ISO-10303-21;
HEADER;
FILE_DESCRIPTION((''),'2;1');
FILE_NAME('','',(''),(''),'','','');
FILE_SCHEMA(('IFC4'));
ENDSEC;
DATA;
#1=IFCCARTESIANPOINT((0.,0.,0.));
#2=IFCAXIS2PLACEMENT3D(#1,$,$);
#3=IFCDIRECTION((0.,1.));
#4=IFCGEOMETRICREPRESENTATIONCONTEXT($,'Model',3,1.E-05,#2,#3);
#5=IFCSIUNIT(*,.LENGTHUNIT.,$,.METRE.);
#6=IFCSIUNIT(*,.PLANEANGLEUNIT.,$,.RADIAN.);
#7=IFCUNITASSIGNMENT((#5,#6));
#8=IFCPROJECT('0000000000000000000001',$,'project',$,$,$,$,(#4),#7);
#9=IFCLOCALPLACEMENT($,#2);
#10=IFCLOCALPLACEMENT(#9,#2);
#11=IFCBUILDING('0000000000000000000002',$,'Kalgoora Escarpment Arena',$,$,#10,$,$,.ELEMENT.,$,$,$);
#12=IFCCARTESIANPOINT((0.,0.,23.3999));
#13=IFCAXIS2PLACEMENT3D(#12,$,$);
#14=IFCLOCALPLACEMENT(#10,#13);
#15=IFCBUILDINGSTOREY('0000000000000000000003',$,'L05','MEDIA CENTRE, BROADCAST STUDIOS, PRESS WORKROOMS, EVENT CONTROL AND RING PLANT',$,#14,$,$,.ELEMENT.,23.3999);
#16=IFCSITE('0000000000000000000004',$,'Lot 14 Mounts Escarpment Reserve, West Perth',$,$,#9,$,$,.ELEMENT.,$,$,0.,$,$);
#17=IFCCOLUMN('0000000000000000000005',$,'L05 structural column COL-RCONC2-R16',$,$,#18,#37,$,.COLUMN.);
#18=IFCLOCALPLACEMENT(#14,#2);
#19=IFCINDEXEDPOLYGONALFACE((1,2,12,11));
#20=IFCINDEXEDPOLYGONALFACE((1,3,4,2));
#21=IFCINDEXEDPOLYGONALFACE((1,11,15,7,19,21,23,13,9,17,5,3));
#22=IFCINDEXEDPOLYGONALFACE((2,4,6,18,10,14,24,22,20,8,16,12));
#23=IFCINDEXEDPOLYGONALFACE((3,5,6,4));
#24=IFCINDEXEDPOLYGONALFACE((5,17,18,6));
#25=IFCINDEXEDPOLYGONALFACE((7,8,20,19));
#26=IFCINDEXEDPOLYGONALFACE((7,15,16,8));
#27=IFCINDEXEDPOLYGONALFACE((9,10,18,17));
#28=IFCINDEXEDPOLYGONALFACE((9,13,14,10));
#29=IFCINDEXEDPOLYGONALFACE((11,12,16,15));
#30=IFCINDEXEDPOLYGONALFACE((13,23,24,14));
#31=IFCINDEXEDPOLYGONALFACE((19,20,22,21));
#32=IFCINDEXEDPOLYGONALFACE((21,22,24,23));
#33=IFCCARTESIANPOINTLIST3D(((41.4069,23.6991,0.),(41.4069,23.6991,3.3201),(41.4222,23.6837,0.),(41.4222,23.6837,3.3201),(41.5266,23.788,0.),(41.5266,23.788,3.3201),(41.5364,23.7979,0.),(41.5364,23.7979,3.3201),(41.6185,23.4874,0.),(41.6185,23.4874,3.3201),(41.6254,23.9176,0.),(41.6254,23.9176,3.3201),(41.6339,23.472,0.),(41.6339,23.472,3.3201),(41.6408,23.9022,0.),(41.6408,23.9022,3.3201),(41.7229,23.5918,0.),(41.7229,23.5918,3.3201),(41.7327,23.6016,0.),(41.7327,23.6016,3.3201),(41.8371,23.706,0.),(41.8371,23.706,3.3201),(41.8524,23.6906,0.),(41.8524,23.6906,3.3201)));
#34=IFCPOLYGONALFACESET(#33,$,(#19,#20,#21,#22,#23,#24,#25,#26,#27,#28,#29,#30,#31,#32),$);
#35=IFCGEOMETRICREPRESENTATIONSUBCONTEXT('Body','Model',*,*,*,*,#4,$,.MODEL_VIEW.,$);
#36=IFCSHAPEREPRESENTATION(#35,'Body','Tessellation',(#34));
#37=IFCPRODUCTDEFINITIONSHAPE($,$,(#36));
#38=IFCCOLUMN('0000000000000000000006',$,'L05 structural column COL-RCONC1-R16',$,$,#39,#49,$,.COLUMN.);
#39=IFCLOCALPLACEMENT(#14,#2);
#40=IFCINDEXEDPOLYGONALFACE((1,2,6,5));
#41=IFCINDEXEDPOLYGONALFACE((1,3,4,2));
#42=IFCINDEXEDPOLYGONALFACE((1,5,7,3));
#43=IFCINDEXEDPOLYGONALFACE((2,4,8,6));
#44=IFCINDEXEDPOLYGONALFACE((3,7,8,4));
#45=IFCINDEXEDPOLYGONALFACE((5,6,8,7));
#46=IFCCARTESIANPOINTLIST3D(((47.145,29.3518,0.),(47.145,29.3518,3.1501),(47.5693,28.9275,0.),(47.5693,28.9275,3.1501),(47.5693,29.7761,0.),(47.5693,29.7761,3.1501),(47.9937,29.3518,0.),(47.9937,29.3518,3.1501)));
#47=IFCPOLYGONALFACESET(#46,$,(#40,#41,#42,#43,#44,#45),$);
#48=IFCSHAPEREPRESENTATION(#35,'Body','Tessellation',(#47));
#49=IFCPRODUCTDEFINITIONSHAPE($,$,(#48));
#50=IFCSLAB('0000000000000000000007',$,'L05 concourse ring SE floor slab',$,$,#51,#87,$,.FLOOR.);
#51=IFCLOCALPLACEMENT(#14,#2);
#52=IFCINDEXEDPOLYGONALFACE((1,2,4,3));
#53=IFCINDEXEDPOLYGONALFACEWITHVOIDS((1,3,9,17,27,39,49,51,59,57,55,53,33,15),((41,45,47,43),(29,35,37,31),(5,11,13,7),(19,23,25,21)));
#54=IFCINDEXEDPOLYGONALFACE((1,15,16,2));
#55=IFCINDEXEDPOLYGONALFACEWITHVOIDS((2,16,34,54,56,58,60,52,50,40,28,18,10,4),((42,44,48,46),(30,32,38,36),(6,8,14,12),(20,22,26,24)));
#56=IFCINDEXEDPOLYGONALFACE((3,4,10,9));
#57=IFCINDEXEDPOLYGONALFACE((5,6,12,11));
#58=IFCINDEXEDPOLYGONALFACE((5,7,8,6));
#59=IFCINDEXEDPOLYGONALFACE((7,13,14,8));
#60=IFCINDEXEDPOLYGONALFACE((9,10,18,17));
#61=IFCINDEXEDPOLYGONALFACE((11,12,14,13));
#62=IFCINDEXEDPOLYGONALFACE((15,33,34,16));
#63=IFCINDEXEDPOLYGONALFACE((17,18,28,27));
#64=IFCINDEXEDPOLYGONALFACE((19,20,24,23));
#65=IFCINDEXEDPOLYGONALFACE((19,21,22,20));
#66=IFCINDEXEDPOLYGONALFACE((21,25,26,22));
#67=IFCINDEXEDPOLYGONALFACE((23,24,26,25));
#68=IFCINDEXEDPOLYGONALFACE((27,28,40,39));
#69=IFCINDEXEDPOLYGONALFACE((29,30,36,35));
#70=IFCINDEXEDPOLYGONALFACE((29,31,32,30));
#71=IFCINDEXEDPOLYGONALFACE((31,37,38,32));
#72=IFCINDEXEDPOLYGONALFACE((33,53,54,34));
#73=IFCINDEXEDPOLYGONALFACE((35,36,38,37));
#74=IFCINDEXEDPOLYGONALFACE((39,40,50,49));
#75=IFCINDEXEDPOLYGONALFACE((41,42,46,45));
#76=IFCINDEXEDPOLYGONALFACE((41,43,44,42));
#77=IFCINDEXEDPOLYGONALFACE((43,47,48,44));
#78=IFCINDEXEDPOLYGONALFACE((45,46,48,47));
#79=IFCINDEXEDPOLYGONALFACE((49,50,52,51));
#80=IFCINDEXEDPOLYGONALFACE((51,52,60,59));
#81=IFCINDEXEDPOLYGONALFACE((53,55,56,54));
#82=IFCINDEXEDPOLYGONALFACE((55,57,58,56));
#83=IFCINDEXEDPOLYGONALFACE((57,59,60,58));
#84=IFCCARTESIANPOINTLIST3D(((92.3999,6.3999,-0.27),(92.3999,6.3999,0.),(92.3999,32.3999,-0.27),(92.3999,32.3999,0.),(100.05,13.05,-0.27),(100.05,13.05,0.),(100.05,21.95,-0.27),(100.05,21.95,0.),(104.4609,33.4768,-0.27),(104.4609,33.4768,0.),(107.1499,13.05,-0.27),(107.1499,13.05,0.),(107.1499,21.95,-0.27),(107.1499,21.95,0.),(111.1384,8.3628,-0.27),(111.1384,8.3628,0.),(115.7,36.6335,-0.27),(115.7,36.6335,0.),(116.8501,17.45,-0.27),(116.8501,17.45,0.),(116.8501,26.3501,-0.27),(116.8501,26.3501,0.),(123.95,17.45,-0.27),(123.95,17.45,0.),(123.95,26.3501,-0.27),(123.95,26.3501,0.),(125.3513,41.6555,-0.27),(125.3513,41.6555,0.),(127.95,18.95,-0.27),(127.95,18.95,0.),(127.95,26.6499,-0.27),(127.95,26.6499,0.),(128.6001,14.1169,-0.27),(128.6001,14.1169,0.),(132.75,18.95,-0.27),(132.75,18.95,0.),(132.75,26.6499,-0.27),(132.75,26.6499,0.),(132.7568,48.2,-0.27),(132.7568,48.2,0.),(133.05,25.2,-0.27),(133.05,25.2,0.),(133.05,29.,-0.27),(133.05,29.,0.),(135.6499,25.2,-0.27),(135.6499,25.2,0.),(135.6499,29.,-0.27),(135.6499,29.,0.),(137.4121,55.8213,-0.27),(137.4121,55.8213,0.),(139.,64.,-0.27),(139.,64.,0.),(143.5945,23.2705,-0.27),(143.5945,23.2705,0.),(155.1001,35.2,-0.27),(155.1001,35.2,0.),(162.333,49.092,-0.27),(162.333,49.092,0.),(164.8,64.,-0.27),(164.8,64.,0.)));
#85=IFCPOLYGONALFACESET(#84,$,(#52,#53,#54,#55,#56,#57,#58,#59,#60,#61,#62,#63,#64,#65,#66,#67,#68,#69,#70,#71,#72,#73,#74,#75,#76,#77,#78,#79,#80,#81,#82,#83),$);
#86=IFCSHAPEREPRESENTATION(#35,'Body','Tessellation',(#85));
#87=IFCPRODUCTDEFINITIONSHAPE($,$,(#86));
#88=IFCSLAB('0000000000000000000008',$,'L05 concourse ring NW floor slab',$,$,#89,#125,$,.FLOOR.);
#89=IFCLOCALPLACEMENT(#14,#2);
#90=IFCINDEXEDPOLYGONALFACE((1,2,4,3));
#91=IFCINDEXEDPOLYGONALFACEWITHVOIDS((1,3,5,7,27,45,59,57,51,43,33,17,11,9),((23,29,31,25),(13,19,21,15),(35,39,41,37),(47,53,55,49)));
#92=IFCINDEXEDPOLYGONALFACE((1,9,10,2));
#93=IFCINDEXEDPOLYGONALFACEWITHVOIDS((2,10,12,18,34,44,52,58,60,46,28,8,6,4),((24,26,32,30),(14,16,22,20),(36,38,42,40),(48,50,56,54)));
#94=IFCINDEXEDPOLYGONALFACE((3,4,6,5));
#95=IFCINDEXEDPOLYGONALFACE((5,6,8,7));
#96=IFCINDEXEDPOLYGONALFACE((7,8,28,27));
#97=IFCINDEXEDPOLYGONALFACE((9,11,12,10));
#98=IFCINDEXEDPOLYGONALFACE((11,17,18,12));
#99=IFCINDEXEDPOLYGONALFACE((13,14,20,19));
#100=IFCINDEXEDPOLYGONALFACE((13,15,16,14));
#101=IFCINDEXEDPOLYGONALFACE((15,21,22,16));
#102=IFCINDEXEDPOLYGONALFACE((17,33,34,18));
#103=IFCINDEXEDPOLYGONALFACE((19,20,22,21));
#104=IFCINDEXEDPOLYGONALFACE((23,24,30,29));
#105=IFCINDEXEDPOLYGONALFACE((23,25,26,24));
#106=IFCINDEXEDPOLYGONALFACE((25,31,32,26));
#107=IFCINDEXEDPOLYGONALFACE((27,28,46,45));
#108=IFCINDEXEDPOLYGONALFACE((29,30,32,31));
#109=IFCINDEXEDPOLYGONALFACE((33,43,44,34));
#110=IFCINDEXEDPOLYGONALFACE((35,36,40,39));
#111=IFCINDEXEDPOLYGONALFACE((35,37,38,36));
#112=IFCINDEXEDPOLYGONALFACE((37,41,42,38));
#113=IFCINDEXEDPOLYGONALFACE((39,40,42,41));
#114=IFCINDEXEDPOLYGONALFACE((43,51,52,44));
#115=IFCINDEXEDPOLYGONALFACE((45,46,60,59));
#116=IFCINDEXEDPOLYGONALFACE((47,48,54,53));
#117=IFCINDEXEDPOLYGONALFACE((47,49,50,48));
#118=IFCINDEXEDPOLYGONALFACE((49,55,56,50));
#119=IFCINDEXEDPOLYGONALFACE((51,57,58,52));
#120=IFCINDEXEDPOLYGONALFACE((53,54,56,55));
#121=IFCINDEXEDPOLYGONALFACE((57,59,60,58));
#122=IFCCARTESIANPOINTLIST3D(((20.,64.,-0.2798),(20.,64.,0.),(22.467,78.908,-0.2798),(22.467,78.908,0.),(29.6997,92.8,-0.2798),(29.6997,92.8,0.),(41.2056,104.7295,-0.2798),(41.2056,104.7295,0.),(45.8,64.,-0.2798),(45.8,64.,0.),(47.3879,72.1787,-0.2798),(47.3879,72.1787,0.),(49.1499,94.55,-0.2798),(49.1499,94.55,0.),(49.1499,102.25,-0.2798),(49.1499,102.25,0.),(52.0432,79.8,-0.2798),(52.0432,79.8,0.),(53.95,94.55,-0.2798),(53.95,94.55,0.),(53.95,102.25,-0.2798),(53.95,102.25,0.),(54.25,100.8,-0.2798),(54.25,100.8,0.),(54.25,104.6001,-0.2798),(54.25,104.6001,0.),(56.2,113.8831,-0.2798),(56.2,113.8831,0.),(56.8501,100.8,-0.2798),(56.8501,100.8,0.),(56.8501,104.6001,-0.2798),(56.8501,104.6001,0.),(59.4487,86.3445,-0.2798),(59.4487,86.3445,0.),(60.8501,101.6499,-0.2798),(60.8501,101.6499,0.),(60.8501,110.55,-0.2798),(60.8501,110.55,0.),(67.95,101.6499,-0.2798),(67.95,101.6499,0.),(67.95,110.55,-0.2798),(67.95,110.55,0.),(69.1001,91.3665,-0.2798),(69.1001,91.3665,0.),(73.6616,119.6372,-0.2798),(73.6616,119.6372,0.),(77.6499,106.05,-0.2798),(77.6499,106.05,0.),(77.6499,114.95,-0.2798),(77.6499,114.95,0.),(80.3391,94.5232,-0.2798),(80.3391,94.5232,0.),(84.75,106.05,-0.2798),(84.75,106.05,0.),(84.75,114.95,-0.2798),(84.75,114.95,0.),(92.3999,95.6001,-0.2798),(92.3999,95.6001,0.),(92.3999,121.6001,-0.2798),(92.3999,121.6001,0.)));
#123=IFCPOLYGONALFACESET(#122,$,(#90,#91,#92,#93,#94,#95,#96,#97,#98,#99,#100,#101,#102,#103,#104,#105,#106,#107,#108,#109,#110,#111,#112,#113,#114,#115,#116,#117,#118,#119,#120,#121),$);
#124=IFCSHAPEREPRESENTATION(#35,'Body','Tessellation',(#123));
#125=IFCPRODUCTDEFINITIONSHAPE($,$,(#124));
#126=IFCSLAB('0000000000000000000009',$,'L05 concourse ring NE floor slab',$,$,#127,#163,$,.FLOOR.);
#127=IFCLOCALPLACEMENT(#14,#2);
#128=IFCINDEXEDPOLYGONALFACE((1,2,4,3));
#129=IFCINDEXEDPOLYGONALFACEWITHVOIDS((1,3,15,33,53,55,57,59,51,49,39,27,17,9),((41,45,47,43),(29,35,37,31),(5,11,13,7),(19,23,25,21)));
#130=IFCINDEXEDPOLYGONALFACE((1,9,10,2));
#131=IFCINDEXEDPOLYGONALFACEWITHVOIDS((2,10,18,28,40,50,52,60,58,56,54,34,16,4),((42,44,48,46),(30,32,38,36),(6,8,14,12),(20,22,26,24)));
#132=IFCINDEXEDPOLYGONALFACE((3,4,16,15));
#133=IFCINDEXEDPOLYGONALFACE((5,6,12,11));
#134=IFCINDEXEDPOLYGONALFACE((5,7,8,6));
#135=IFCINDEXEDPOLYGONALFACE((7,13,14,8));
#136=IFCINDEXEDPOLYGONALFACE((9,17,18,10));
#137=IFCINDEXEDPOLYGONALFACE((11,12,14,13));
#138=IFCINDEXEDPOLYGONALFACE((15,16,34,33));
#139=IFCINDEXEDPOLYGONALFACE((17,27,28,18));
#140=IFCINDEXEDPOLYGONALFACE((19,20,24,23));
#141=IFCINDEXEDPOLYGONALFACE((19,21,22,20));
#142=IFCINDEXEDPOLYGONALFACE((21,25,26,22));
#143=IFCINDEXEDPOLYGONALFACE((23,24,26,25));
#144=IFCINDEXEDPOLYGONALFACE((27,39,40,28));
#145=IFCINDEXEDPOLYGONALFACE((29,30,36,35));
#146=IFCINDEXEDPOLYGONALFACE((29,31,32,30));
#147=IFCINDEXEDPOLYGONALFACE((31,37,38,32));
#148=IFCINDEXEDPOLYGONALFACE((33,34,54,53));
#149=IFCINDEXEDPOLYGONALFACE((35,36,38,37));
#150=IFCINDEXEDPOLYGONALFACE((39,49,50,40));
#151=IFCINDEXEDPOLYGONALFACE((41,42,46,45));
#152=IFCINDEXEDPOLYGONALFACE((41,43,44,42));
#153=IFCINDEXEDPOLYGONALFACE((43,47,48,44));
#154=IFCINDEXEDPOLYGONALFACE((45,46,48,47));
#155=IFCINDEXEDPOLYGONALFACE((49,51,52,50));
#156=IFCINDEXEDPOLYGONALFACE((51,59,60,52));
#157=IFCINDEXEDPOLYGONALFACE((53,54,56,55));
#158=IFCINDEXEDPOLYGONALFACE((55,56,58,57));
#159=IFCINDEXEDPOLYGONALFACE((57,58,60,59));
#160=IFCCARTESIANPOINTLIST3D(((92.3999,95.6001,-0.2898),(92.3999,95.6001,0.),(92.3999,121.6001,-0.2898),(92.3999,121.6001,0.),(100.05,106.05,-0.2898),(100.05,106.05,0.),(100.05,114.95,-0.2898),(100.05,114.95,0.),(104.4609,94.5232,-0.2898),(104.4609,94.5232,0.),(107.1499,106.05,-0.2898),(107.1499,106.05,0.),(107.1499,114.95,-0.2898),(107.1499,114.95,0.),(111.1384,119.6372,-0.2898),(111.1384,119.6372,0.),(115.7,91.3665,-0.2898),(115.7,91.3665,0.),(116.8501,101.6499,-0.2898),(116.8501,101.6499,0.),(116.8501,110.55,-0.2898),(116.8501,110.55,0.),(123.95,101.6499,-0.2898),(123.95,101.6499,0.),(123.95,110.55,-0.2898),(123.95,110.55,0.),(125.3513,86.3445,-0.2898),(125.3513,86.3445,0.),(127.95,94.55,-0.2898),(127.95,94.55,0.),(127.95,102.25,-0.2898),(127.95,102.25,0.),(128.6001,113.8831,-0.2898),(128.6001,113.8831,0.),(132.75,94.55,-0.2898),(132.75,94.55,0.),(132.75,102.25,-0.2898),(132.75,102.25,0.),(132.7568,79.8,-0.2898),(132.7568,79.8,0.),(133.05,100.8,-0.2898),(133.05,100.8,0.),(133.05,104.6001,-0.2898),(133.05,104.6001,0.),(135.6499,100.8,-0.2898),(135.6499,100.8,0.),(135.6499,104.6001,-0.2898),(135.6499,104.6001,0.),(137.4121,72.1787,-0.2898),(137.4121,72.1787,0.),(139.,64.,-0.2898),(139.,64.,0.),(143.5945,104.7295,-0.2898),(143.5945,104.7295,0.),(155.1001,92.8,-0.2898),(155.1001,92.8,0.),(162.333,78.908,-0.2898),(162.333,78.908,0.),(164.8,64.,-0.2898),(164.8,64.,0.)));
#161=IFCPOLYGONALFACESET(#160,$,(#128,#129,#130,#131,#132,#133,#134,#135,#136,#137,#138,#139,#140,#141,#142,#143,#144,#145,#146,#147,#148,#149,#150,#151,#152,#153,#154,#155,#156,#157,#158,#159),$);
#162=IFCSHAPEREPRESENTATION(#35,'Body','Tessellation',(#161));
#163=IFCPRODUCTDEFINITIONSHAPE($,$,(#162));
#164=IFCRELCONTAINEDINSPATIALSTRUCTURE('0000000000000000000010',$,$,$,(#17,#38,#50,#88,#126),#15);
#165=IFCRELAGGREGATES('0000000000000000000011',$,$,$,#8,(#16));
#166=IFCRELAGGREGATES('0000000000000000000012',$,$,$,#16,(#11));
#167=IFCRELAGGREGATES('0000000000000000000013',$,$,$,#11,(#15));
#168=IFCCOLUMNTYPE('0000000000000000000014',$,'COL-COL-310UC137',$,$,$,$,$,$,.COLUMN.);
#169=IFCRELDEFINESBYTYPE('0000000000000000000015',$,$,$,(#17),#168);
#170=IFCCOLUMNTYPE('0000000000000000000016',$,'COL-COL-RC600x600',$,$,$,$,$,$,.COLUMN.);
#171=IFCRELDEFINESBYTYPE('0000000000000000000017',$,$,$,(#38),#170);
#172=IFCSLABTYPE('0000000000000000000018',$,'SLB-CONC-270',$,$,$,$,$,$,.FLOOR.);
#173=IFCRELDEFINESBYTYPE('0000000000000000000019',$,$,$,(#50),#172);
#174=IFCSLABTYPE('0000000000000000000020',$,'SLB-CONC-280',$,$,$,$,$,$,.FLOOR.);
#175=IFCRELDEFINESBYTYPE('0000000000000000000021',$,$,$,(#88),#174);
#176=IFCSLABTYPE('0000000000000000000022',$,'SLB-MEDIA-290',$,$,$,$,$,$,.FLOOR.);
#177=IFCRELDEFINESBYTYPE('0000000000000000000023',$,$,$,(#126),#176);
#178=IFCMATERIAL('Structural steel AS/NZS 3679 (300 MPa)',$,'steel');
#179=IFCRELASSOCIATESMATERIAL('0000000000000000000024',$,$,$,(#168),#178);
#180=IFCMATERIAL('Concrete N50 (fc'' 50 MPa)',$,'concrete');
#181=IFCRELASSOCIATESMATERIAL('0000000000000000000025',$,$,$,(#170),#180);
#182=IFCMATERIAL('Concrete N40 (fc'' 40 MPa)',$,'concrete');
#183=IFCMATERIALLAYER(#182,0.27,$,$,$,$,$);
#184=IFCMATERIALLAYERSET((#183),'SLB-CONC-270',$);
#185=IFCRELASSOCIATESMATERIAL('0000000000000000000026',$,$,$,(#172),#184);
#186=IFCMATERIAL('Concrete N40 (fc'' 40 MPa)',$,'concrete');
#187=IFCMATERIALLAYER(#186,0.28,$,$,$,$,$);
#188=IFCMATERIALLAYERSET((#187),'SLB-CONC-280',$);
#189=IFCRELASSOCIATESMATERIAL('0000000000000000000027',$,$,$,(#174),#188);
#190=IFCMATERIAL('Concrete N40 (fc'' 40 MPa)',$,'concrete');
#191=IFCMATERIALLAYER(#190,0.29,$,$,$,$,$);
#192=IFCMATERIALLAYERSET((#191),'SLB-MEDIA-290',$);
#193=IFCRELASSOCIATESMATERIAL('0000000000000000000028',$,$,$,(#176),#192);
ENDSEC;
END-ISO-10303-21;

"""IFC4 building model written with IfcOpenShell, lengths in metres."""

from ifc_helpers import new_model, si_unit, direction, frame, origin, origin_2d, place, context, subcontext, project, spatial, polyline, rectangle, i_section, outline, extrude, material, layer, layer_set, material_profile, profile_set, type_object, element, save


model = new_model("IFC4")

# Units and contexts
model_context = context("Model", 3, precision=1e-05, world=origin(), true_north=direction((0.0, 1.0)))
body_context = subcontext(model_context, "Body", "Model", "MODEL_VIEW")
ifc_project = project(units=[si_unit("LENGTHUNIT", "METRE"), si_unit("PLANEANGLEUNIT", "RADIAN")], contexts=[model_context])

# Site, building, storey
site_placement = place(None, origin())
site = spatial("IfcSite", under=ifc_project, at=site_placement, Name="Lot 14 Mounts Escarpment Reserve, West Perth", CompositionType="ELEMENT", RefElevation=0.0)
building_placement = place(site_placement, origin())
building = spatial("IfcBuilding", under=site, at=building_placement, Name="Kalgoora Escarpment Arena", CompositionType="ELEMENT")
storey_placement = place(building_placement, frame((0.0, 0.0, 23.3999)))
storey = spatial("IfcBuildingStorey", under=building, at=storey_placement, Name="L05", Description="MEDIA CENTRE, BROADCAST STUDIOS, PRESS WORKROOMS, EVENT CONTROL AND RING PLANT", CompositionType="ELEMENT", Elevation=23.3999)

# Columns
ifc_material_1 = material(Name="Structural steel AS/NZS 3679 (300 MPa)", Category="steel")
ifc_material_profile_1 = material_profile(ifc_material_1, i_section(OverallWidth=0.3091, OverallDepth=0.321, WebThickness=0.0139, FlangeThickness=0.0217, at=origin_2d()))
ifc_profile_set_1 = profile_set([ifc_material_profile_1], Name="Structural steel AS/NZS 3679 (300 MPa)")
column_type_1 = type_object("IfcColumnType", Name="COL-COL-310UC137", PredefinedType="COLUMN", material=ifc_profile_set_1)
column_1_placement = place(storey_placement, frame((41.6296, 23.6948, 0.0), z_axis=(0.0, 0.0, 1.0), x_axis=(-0.707107, -0.707107, 0.0)))
element("IfcColumn", 1, at=column_1_placement, inside=storey, type_object=column_type_1, Name="L05 structural column COL-RCONC2-R16", PredefinedType="COLUMN", context=body_context, shape_type="SweptSolid", body=[
    extrude(i_section(OverallWidth=0.3091, OverallDepth=0.321, WebThickness=0.0139, FlangeThickness=0.0217, at=origin_2d()), origin(), (0.0, 0.0, 1.0), 3.3201),
])
ifc_material_2 = material(Name="Concrete N50 (fc' 50 MPa)", Category="concrete")
ifc_material_profile_2 = material_profile(ifc_material_2, rectangle(XDim=0.6001, YDim=0.6001, at=origin_2d()))
ifc_profile_set_2 = profile_set([ifc_material_profile_2], Name="Concrete N50 (fc' 50 MPa)")
column_type_2 = type_object("IfcColumnType", Name="COL-COL-RC600x600", PredefinedType="COLUMN", material=ifc_profile_set_2)
column_2_placement = place(storey_placement, frame((47.5693, 29.3518, 0.0), z_axis=(0.0, 0.0, 1.0), x_axis=(-0.707107, -0.707107, 0.0)))
element("IfcColumn", 2, at=column_2_placement, inside=storey, type_object=column_type_2, Name="L05 structural column COL-RCONC1-R16", PredefinedType="COLUMN", context=body_context, shape_type="SweptSolid", body=[
    extrude(rectangle(XDim=0.6001, YDim=0.6001, at=origin_2d()), origin(), (0.0, 0.0, 1.0), 3.1501),
])

# Slabs
ifc_material_3 = material(Name="Concrete N40 (fc' 40 MPa)", Category="concrete")
ifc_layer_1 = layer(ifc_material_3, 0.27)
ifc_layer_set_1 = layer_set([ifc_layer_1], Name="SLB-CONC-270")
slab_type_1 = type_object("IfcSlabType", Name="SLB-CONC-270", PredefinedType="FLOOR", material=ifc_layer_set_1)
slab_1_placement = place(storey_placement, frame((0.0, 0.0, -0.27)))
element("IfcSlab", 3, at=slab_1_placement, inside=storey, type_object=slab_type_1, Name="L05 concourse ring SE floor slab", PredefinedType="FLOOR", context=body_context, shape_type="SweptSolid", body=[
    extrude(outline(polyline([(128.6001, 14.1169), (111.1384, 8.3628), (92.3999, 6.3999), (92.3999, 32.3999), (104.4609, 33.4768), (115.7, 36.6335), (125.3513, 41.6555), (132.7568, 48.2), (137.4121, 55.8213), (139.0, 64.0), (164.8, 64.0), (162.333, 49.092), (155.1001, 35.2), (143.5945, 23.2705), (128.6001, 14.1169)]), holes=[polyline([(100.05, 21.95), (100.05, 13.05), (107.1499, 13.05), (107.1499, 21.95), (100.05, 21.95)]), polyline([(116.8501, 26.3501), (116.8501, 17.45), (123.95, 17.45), (123.95, 26.3501), (116.8501, 26.3501)]), polyline([(127.95, 26.6499), (127.95, 18.95), (132.75, 18.95), (132.75, 26.6499), (127.95, 26.6499)]), polyline([(133.05, 29.0), (133.05, 25.2), (135.6499, 25.2), (135.6499, 29.0), (133.05, 29.0)])]), origin(), (0.0, 0.0, 1.0), 0.27),
])
ifc_material_4 = material(Name="Concrete N40 (fc' 40 MPa)", Category="concrete")
ifc_layer_2 = layer(ifc_material_4, 0.28)
ifc_layer_set_2 = layer_set([ifc_layer_2], Name="SLB-CONC-280")
slab_type_2 = type_object("IfcSlabType", Name="SLB-CONC-280", PredefinedType="FLOOR", material=ifc_layer_set_2)
slab_2_placement = place(storey_placement, frame((0.0, 0.0, -0.2798)))
element("IfcSlab", 4, at=slab_2_placement, inside=storey, type_object=slab_type_2, Name="L05 concourse ring NW floor slab", PredefinedType="FLOOR", context=body_context, shape_type="SweptSolid", body=[
    extrude(outline(polyline([(22.467, 78.908), (29.6997, 92.8), (41.2056, 104.7295), (56.2, 113.8831), (73.6616, 119.6372), (92.3999, 121.6001), (92.3999, 95.6001), (80.3391, 94.5232), (69.1001, 91.3665), (59.4487, 86.3445), (52.0432, 79.8), (47.3879, 72.1787), (45.8, 64.0), (20.0, 64.0), (22.467, 78.908)]), holes=[polyline([(49.1499, 102.25), (49.1499, 94.55), (53.95, 94.55), (53.95, 102.25), (49.1499, 102.25)]), polyline([(54.25, 104.6001), (54.25, 100.8), (56.8501, 100.8), (56.8501, 104.6001), (54.25, 104.6001)]), polyline([(60.8501, 110.55), (60.8501, 101.6499), (67.95, 101.6499), (67.95, 110.55), (60.8501, 110.55)]), polyline([(77.6499, 114.95), (77.6499, 106.05), (84.75, 106.05), (84.75, 114.95), (77.6499, 114.95)])]), origin(), (0.0, 0.0, 1.0), 0.2798),
])
ifc_material_5 = material(Name="Concrete N40 (fc' 40 MPa)", Category="concrete")
ifc_layer_3 = layer(ifc_material_5, 0.29)
ifc_layer_set_3 = layer_set([ifc_layer_3], Name="SLB-MEDIA-290")
slab_type_3 = type_object("IfcSlabType", Name="SLB-MEDIA-290", PredefinedType="FLOOR", material=ifc_layer_set_3)
slab_3_placement = place(storey_placement, frame((0.0, 0.0, -0.2898)))
element("IfcSlab", 5, at=slab_3_placement, inside=storey, type_object=slab_type_3, Name="L05 concourse ring NE floor slab", PredefinedType="FLOOR", context=body_context, shape_type="SweptSolid", body=[
    extrude(outline(polyline([(111.1384, 119.6372), (128.6001, 113.8831), (143.5945, 104.7295), (155.1001, 92.8), (162.333, 78.908), (164.8, 64.0), (139.0, 64.0), (137.4121, 72.1787), (132.7568, 79.8), (125.3513, 86.3445), (115.7, 91.3665), (104.4609, 94.5232), (92.3999, 95.6001), (92.3999, 121.6001), (111.1384, 119.6372)]), holes=[polyline([(127.95, 102.25), (127.95, 94.55), (132.75, 94.55), (132.75, 102.25), (127.95, 102.25)]), polyline([(133.05, 104.6001), (133.05, 100.8), (135.6499, 100.8), (135.6499, 104.6001), (133.05, 104.6001)]), polyline([(116.8501, 110.55), (116.8501, 101.6499), (123.95, 101.6499), (123.95, 110.55), (116.8501, 110.55)]), polyline([(100.05, 114.95), (100.05, 106.05), (107.1499, 106.05), (107.1499, 114.95), (100.05, 114.95)])]), origin(), (0.0, 0.0, 1.0), 0.2898),
])

save(model, "model.ifc")
